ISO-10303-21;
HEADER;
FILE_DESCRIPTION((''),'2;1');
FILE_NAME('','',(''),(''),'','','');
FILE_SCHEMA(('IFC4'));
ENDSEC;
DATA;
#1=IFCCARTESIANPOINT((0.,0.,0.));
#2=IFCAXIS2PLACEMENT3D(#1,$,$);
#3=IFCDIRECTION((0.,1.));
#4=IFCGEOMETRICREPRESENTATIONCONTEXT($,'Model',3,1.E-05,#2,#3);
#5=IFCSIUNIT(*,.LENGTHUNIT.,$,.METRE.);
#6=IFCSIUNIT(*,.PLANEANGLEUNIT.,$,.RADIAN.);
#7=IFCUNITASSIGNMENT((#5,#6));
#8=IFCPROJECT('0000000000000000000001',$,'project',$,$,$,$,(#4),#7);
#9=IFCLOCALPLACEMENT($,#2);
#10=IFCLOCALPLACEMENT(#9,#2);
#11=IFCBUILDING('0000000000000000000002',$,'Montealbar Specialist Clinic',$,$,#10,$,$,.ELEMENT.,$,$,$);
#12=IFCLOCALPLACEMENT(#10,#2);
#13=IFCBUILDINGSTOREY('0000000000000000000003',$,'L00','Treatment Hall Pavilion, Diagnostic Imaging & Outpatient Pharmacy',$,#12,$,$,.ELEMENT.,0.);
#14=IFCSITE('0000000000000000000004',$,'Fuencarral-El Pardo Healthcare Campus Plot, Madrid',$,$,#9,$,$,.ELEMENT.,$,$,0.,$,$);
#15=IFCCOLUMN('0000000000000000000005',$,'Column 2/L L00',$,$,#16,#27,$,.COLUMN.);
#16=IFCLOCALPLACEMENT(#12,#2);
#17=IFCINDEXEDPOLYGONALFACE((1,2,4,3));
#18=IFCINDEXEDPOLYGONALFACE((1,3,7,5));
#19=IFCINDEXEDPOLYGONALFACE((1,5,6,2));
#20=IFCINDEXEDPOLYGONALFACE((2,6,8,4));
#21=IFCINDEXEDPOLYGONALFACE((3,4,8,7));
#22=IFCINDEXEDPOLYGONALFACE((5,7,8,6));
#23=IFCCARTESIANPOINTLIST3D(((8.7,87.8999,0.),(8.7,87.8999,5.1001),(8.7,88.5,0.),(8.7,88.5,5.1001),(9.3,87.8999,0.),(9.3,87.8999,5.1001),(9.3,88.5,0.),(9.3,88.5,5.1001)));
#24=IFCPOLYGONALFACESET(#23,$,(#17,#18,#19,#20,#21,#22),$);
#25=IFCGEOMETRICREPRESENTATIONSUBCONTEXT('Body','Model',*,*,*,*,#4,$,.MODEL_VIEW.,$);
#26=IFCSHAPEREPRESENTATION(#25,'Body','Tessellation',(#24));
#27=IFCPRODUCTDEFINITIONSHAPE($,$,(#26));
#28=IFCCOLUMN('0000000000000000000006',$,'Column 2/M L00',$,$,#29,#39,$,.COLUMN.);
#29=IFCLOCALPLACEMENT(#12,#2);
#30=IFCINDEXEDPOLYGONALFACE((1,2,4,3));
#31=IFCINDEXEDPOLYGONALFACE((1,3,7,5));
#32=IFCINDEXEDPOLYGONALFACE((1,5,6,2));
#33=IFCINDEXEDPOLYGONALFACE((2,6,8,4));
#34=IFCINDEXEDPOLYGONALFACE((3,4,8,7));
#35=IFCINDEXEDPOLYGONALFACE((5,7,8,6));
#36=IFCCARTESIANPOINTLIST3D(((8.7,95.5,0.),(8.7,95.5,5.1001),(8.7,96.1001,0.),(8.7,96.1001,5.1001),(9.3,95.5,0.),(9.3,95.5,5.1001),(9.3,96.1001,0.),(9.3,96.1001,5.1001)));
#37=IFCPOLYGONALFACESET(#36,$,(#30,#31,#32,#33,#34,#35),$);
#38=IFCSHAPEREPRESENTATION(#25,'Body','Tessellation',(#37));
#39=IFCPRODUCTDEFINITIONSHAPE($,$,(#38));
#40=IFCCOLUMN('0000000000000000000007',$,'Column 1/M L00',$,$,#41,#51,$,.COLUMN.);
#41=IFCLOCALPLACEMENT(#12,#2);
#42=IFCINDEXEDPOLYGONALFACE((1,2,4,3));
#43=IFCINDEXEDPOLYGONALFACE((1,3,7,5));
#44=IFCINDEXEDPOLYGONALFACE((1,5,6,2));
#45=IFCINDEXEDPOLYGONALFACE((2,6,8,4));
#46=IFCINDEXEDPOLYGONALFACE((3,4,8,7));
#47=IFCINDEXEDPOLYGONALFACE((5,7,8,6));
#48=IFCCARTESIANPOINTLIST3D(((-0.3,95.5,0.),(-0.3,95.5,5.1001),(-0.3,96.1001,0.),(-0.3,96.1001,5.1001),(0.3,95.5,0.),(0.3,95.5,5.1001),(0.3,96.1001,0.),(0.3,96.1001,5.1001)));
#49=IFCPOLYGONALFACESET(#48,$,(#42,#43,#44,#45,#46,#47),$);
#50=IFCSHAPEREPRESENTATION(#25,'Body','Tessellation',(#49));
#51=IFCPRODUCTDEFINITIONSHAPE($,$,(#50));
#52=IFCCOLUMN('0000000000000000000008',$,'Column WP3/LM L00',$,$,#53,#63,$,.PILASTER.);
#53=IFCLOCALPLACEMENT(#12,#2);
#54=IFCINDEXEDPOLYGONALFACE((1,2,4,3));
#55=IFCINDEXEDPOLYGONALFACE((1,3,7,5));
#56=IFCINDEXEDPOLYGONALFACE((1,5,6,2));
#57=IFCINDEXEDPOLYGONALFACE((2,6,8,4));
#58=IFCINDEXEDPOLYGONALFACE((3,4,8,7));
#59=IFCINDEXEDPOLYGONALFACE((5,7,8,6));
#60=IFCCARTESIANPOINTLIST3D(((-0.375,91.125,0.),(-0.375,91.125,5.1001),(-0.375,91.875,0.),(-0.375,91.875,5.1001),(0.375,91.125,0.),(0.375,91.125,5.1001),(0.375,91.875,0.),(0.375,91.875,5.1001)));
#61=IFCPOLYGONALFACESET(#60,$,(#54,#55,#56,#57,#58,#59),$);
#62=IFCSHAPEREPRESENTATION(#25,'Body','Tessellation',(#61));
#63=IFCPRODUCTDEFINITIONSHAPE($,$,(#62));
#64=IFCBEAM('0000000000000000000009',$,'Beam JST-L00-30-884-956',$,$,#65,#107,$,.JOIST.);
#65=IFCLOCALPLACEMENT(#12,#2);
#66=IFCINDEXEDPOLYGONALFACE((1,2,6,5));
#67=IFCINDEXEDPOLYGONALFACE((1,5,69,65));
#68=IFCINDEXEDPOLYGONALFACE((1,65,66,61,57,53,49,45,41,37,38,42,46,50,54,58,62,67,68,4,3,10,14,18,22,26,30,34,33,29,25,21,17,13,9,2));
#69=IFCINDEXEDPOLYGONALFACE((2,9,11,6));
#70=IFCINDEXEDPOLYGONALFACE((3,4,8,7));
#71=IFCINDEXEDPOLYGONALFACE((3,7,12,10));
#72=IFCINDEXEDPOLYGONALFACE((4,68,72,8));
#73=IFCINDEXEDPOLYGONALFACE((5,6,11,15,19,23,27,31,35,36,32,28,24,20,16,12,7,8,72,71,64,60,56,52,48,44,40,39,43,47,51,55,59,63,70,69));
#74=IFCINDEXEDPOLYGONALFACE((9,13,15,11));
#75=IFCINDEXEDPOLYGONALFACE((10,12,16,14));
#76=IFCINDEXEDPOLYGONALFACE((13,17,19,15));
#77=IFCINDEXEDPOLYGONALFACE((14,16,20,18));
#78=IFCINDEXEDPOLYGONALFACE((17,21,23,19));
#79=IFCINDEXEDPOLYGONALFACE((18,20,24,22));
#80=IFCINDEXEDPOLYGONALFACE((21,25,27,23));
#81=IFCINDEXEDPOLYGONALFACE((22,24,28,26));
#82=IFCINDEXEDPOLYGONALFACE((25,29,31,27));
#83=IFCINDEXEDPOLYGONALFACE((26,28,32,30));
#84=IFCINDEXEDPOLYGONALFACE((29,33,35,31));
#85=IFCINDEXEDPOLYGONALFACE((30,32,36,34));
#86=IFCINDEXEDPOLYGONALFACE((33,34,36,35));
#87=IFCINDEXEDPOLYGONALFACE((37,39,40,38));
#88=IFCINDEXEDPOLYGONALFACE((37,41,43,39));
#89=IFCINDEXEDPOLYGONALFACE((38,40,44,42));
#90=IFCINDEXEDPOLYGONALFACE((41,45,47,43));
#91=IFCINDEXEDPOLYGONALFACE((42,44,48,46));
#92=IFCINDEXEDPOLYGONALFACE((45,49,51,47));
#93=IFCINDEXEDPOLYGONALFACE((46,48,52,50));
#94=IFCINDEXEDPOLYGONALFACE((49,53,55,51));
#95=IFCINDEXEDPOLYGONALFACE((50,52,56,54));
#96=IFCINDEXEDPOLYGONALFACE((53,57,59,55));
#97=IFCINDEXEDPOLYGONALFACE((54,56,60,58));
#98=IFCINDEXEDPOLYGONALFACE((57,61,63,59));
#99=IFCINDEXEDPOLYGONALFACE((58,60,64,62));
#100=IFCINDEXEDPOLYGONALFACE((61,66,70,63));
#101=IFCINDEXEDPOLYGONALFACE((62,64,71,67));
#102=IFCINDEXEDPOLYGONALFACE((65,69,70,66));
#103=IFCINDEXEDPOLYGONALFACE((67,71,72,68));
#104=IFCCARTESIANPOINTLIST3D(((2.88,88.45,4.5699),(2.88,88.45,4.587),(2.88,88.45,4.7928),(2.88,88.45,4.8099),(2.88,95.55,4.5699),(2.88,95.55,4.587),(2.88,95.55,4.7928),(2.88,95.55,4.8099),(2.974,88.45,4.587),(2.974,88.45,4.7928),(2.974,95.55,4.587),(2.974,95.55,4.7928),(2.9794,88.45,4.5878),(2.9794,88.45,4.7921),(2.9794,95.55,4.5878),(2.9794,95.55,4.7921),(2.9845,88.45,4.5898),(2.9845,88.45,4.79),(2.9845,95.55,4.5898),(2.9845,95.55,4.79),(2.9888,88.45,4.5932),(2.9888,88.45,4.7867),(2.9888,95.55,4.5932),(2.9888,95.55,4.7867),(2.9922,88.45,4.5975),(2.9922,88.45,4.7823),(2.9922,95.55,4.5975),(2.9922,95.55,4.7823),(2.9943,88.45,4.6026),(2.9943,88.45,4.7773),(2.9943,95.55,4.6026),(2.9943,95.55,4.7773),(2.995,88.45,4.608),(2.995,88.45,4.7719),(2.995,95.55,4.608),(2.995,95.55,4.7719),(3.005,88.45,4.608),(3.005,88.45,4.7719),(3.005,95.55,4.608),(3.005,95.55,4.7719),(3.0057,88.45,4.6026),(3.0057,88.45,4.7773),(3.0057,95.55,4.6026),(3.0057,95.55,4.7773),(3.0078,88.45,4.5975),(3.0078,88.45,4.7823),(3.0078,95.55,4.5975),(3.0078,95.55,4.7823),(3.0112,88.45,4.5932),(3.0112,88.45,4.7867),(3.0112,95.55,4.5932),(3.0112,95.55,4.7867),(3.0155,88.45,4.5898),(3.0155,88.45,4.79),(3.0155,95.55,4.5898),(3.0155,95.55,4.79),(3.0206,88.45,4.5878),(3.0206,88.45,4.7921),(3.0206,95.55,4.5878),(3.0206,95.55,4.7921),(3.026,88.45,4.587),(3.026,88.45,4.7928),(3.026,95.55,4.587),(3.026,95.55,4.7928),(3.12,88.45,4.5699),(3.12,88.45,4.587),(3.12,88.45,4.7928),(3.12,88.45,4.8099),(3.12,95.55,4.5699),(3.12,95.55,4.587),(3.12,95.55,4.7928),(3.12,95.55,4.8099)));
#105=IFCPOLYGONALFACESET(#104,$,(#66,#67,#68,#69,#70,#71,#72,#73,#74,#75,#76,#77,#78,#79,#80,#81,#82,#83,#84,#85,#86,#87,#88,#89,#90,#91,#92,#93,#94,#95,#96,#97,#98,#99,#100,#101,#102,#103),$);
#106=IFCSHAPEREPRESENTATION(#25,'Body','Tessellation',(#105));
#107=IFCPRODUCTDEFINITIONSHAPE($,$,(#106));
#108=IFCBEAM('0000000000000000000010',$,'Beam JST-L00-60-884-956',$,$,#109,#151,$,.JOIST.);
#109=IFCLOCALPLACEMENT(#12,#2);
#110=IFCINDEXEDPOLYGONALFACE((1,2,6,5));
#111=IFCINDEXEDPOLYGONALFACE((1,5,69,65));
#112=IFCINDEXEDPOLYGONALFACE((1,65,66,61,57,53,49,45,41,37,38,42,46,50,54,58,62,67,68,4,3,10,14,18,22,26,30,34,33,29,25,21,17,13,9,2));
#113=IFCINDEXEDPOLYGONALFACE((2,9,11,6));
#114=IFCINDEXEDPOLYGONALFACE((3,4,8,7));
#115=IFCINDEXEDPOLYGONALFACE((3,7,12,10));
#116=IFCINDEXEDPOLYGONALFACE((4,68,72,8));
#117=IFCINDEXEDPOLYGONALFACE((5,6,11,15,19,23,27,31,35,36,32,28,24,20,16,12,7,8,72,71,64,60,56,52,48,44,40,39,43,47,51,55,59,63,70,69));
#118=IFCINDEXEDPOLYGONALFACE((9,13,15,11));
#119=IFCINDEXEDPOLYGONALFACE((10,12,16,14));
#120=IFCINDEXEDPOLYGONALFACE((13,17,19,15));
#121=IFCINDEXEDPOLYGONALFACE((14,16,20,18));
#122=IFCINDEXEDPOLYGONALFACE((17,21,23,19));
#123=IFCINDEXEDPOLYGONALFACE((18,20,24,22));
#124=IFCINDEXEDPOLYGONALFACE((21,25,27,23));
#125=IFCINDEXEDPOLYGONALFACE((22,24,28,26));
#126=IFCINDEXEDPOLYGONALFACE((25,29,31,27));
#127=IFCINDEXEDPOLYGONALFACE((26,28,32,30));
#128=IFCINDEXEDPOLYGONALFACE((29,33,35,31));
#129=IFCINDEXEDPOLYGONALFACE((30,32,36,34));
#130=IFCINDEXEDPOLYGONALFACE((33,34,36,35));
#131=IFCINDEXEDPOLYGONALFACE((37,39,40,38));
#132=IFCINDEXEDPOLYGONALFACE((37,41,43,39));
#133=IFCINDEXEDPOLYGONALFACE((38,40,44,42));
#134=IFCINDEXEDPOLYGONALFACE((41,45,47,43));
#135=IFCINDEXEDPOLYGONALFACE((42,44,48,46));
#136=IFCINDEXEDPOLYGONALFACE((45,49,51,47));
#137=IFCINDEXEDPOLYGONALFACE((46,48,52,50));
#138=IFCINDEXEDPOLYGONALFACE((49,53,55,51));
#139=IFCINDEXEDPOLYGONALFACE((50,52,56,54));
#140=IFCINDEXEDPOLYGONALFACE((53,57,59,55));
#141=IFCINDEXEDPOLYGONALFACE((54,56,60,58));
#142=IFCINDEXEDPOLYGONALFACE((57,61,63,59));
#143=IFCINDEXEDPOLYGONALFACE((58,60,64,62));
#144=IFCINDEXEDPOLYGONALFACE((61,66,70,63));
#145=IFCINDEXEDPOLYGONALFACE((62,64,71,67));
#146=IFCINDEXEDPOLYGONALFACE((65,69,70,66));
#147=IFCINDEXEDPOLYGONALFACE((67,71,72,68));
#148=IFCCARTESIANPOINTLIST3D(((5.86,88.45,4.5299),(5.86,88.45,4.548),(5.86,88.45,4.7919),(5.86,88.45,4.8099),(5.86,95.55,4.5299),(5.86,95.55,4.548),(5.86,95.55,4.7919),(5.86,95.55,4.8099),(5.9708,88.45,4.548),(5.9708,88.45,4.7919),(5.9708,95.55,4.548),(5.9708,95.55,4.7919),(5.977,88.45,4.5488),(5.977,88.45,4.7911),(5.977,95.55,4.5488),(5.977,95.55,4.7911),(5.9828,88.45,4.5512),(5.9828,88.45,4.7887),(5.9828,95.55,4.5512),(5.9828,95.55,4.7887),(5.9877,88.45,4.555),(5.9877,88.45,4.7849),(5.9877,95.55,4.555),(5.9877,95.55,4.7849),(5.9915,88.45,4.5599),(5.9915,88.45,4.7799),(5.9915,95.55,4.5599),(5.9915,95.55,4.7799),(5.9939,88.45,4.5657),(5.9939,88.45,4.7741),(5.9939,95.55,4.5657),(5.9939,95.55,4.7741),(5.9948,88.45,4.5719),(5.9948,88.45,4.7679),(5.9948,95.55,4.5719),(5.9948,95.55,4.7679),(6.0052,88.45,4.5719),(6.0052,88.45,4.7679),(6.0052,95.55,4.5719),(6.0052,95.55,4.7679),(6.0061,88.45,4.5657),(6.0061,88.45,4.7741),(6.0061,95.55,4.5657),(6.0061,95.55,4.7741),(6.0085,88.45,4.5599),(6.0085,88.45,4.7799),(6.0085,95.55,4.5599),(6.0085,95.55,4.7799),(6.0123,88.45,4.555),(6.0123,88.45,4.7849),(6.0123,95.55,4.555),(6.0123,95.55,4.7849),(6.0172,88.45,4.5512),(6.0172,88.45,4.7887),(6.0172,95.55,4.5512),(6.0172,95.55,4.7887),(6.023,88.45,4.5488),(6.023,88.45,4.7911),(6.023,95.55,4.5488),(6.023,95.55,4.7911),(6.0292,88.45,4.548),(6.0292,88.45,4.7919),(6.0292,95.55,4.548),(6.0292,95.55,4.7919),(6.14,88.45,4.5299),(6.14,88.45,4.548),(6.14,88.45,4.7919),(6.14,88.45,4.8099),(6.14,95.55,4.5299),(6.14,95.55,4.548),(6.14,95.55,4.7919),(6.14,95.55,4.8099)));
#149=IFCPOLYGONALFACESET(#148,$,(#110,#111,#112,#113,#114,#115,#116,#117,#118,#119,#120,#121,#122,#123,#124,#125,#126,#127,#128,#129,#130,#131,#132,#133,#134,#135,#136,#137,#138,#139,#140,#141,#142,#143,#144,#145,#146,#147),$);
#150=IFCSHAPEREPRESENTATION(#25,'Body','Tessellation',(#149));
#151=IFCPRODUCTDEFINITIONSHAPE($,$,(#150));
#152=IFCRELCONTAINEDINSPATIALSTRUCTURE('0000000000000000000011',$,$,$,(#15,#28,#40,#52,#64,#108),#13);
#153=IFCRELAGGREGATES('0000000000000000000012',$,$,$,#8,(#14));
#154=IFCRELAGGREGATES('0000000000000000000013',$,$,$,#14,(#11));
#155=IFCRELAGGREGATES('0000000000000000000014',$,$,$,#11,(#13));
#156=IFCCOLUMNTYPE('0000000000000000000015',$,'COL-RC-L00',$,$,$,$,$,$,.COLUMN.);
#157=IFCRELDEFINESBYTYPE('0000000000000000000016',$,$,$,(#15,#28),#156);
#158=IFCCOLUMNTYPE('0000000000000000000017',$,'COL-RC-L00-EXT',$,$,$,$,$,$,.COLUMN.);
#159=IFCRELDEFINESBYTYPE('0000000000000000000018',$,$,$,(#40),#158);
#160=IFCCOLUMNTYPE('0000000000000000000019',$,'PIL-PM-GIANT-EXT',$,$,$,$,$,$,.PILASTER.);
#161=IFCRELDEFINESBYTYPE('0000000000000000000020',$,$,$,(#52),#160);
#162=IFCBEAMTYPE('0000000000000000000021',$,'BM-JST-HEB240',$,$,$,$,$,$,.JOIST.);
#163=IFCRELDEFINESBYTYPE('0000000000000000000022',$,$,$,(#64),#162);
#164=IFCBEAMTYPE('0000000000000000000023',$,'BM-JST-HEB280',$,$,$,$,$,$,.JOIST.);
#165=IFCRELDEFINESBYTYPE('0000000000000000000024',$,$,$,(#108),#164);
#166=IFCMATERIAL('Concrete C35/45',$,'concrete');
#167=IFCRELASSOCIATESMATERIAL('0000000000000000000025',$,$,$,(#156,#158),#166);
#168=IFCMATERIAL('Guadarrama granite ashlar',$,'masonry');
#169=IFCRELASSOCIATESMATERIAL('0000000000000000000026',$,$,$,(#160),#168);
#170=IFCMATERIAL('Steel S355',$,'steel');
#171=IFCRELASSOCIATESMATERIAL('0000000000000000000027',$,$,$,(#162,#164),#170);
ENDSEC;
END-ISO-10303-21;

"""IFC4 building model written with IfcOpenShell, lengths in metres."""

from ifc_helpers import new_model, si_unit, direction, frame, origin, origin_2d, place, context, subcontext, project, spatial, rectangle, i_section, extrude, material, material_profile, profile_set, type_object, element, save


model = new_model("IFC4")

# Units and contexts
model_context = context("Model", 3, precision=1e-05, world=origin(), true_north=direction((0.0, 1.0)))
body_context = subcontext(model_context, "Body", "Model", "MODEL_VIEW")
ifc_project = project(units=[si_unit("LENGTHUNIT", "METRE"), si_unit("PLANEANGLEUNIT", "RADIAN")], contexts=[model_context])

# Site, building, storey
site_placement = place(None, origin())
site = spatial("IfcSite", under=ifc_project, at=site_placement, Name="Fuencarral-El Pardo Healthcare Campus Plot, Madrid", CompositionType="ELEMENT", RefElevation=0.0)
building_placement = place(site_placement, origin())
building = spatial("IfcBuilding", under=site, at=building_placement, Name="Montealbar Specialist Clinic", CompositionType="ELEMENT")
storey_placement = place(building_placement, origin())
storey = spatial("IfcBuildingStorey", under=building, at=storey_placement, Name="L00", Description="Treatment Hall Pavilion, Diagnostic Imaging & Outpatient Pharmacy", CompositionType="ELEMENT", Elevation=0.0)

# Columns
ifc_material_1 = material(Name="Concrete C35/45", Category="concrete")
ifc_material_profile_1 = material_profile(ifc_material_1, rectangle(XDim=0.6001, YDim=0.6001, at=origin_2d()), Name="RC 600x600", Category="concrete")
ifc_profile_set_1 = profile_set([ifc_material_profile_1], Name="Concrete C35/45")
column_type_1 = type_object("IfcColumnType", Name="COL-RC-L00", PredefinedType="COLUMN", material=ifc_profile_set_1)
for number, where, z_axis, x_axis, name in (
    (1, (9.0, 88.2, 0.0), (0.0, 0.0, 1.0), (1.0, 0.0, 0.0), "Column 2/L L00"),
    (2, (9.0, 95.8, 0.0), (0.0, 0.0, 1.0), (1.0, 0.0, 0.0), "Column 2/M L00"),
):
    element("IfcColumn", number, at=place(storey_placement, frame(where, z_axis=z_axis, x_axis=x_axis)), inside=storey, type_object=column_type_1, Name=name, PredefinedType="COLUMN", context=body_context, shape_type="SweptSolid", body=[
        extrude(rectangle(XDim=0.6001, YDim=0.6001, at=origin_2d()), origin(), (0.0, 0.0, 1.0), 5.1001),
    ])
ifc_material_profile_2 = material_profile(ifc_material_1, rectangle(XDim=0.6001, YDim=0.6001, at=origin_2d()), Name="RC 600x600", Category="concrete")
ifc_profile_set_2 = profile_set([ifc_material_profile_2], Name="Concrete C35/45")
column_type_2 = type_object("IfcColumnType", Name="COL-RC-L00-EXT", PredefinedType="COLUMN", material=ifc_profile_set_2)
column_1_placement = place(storey_placement, frame((0.0, 95.8, 0.0), z_axis=(0.0, 0.0, 1.0), x_axis=(1.0, 0.0, 0.0)))
element("IfcColumn", 3, at=column_1_placement, inside=storey, type_object=column_type_2, Name="Column 1/M L00", PredefinedType="COLUMN", context=body_context, shape_type="SweptSolid", body=[
    extrude(rectangle(XDim=0.6001, YDim=0.6001, at=origin_2d()), origin(), (0.0, 0.0, 1.0), 5.1001),
])
ifc_material_2 = material(Name="Guadarrama granite ashlar", Category="masonry")
ifc_material_profile_3 = material_profile(ifc_material_2, rectangle(XDim=0.75, YDim=0.75, at=origin_2d()), Name="GRANITE PILASTER 750x750", Category="masonry")
ifc_profile_set_3 = profile_set([ifc_material_profile_3], Name="Guadarrama granite ashlar")
column_type_3 = type_object("IfcColumnType", Name="PIL-PM-GIANT-EXT", PredefinedType="PILASTER", material=ifc_profile_set_3)
column_2_placement = place(storey_placement, frame((0.0, 91.5, 0.0), z_axis=(0.0, 0.0, 1.0), x_axis=(1.0, 0.0, 0.0)))
element("IfcColumn", 4, at=column_2_placement, inside=storey, type_object=column_type_3, Name="Column WP3/LM L00", PredefinedType="PILASTER", context=body_context, shape_type="SweptSolid", body=[
    extrude(rectangle(XDim=0.75, YDim=0.75, at=origin_2d()), origin(), (0.0, 0.0, 1.0), 5.1001),
])

# Beams
ifc_material_3 = material(Name="Steel S355", Category="steel")
ifc_material_profile_4 = material_profile(ifc_material_3, i_section(OverallWidth=0.24, OverallDepth=0.24, WebThickness=0.01, FlangeThickness=0.0171, FilletRadius=0.021, at=origin_2d()), Name="HEB 240", Category="steel")
ifc_profile_set_4 = profile_set([ifc_material_profile_4], Name="Steel S355")
beam_type_1 = type_object("IfcBeamType", Name="BM-JST-HEB240", PredefinedType="JOIST", material=ifc_profile_set_4)
beam_1_placement = place(storey_placement, frame((3.0, 88.45, 4.6899), z_axis=(0.0, 1.0, 0.0), x_axis=(-1.0, 0.0, 0.0)))
element("IfcBeam", 5, at=beam_1_placement, inside=storey, type_object=beam_type_1, Name="Beam JST-L00-30-884-956", PredefinedType="JOIST", context=body_context, shape_type="SweptSolid", body=[
    extrude(i_section(OverallWidth=0.24, OverallDepth=0.24, WebThickness=0.01, FlangeThickness=0.0171, FilletRadius=0.021, at=origin_2d()), origin(), (0.0, 0.0, 1.0), 7.1001),
])
ifc_material_profile_5 = material_profile(ifc_material_3, i_section(OverallWidth=0.28, OverallDepth=0.28, WebThickness=0.0105, FlangeThickness=0.0181, FilletRadius=0.0239, at=origin_2d()), Name="HEB 280", Category="steel")
ifc_profile_set_5 = profile_set([ifc_material_profile_5], Name="Steel S355")
beam_type_2 = type_object("IfcBeamType", Name="BM-JST-HEB280", PredefinedType="JOIST", material=ifc_profile_set_5)
beam_2_placement = place(storey_placement, frame((6.0, 88.45, 4.6699), z_axis=(0.0, 1.0, 0.0), x_axis=(-1.0, 0.0, 0.0)))
element("IfcBeam", 6, at=beam_2_placement, inside=storey, type_object=beam_type_2, Name="Beam JST-L00-60-884-956", PredefinedType="JOIST", context=body_context, shape_type="SweptSolid", body=[
    extrude(i_section(OverallWidth=0.28, OverallDepth=0.28, WebThickness=0.0105, FlangeThickness=0.0181, FilletRadius=0.0239, at=origin_2d()), origin(), (0.0, 0.0, 1.0), 7.1001),
])

save(model, "model.ifc")
